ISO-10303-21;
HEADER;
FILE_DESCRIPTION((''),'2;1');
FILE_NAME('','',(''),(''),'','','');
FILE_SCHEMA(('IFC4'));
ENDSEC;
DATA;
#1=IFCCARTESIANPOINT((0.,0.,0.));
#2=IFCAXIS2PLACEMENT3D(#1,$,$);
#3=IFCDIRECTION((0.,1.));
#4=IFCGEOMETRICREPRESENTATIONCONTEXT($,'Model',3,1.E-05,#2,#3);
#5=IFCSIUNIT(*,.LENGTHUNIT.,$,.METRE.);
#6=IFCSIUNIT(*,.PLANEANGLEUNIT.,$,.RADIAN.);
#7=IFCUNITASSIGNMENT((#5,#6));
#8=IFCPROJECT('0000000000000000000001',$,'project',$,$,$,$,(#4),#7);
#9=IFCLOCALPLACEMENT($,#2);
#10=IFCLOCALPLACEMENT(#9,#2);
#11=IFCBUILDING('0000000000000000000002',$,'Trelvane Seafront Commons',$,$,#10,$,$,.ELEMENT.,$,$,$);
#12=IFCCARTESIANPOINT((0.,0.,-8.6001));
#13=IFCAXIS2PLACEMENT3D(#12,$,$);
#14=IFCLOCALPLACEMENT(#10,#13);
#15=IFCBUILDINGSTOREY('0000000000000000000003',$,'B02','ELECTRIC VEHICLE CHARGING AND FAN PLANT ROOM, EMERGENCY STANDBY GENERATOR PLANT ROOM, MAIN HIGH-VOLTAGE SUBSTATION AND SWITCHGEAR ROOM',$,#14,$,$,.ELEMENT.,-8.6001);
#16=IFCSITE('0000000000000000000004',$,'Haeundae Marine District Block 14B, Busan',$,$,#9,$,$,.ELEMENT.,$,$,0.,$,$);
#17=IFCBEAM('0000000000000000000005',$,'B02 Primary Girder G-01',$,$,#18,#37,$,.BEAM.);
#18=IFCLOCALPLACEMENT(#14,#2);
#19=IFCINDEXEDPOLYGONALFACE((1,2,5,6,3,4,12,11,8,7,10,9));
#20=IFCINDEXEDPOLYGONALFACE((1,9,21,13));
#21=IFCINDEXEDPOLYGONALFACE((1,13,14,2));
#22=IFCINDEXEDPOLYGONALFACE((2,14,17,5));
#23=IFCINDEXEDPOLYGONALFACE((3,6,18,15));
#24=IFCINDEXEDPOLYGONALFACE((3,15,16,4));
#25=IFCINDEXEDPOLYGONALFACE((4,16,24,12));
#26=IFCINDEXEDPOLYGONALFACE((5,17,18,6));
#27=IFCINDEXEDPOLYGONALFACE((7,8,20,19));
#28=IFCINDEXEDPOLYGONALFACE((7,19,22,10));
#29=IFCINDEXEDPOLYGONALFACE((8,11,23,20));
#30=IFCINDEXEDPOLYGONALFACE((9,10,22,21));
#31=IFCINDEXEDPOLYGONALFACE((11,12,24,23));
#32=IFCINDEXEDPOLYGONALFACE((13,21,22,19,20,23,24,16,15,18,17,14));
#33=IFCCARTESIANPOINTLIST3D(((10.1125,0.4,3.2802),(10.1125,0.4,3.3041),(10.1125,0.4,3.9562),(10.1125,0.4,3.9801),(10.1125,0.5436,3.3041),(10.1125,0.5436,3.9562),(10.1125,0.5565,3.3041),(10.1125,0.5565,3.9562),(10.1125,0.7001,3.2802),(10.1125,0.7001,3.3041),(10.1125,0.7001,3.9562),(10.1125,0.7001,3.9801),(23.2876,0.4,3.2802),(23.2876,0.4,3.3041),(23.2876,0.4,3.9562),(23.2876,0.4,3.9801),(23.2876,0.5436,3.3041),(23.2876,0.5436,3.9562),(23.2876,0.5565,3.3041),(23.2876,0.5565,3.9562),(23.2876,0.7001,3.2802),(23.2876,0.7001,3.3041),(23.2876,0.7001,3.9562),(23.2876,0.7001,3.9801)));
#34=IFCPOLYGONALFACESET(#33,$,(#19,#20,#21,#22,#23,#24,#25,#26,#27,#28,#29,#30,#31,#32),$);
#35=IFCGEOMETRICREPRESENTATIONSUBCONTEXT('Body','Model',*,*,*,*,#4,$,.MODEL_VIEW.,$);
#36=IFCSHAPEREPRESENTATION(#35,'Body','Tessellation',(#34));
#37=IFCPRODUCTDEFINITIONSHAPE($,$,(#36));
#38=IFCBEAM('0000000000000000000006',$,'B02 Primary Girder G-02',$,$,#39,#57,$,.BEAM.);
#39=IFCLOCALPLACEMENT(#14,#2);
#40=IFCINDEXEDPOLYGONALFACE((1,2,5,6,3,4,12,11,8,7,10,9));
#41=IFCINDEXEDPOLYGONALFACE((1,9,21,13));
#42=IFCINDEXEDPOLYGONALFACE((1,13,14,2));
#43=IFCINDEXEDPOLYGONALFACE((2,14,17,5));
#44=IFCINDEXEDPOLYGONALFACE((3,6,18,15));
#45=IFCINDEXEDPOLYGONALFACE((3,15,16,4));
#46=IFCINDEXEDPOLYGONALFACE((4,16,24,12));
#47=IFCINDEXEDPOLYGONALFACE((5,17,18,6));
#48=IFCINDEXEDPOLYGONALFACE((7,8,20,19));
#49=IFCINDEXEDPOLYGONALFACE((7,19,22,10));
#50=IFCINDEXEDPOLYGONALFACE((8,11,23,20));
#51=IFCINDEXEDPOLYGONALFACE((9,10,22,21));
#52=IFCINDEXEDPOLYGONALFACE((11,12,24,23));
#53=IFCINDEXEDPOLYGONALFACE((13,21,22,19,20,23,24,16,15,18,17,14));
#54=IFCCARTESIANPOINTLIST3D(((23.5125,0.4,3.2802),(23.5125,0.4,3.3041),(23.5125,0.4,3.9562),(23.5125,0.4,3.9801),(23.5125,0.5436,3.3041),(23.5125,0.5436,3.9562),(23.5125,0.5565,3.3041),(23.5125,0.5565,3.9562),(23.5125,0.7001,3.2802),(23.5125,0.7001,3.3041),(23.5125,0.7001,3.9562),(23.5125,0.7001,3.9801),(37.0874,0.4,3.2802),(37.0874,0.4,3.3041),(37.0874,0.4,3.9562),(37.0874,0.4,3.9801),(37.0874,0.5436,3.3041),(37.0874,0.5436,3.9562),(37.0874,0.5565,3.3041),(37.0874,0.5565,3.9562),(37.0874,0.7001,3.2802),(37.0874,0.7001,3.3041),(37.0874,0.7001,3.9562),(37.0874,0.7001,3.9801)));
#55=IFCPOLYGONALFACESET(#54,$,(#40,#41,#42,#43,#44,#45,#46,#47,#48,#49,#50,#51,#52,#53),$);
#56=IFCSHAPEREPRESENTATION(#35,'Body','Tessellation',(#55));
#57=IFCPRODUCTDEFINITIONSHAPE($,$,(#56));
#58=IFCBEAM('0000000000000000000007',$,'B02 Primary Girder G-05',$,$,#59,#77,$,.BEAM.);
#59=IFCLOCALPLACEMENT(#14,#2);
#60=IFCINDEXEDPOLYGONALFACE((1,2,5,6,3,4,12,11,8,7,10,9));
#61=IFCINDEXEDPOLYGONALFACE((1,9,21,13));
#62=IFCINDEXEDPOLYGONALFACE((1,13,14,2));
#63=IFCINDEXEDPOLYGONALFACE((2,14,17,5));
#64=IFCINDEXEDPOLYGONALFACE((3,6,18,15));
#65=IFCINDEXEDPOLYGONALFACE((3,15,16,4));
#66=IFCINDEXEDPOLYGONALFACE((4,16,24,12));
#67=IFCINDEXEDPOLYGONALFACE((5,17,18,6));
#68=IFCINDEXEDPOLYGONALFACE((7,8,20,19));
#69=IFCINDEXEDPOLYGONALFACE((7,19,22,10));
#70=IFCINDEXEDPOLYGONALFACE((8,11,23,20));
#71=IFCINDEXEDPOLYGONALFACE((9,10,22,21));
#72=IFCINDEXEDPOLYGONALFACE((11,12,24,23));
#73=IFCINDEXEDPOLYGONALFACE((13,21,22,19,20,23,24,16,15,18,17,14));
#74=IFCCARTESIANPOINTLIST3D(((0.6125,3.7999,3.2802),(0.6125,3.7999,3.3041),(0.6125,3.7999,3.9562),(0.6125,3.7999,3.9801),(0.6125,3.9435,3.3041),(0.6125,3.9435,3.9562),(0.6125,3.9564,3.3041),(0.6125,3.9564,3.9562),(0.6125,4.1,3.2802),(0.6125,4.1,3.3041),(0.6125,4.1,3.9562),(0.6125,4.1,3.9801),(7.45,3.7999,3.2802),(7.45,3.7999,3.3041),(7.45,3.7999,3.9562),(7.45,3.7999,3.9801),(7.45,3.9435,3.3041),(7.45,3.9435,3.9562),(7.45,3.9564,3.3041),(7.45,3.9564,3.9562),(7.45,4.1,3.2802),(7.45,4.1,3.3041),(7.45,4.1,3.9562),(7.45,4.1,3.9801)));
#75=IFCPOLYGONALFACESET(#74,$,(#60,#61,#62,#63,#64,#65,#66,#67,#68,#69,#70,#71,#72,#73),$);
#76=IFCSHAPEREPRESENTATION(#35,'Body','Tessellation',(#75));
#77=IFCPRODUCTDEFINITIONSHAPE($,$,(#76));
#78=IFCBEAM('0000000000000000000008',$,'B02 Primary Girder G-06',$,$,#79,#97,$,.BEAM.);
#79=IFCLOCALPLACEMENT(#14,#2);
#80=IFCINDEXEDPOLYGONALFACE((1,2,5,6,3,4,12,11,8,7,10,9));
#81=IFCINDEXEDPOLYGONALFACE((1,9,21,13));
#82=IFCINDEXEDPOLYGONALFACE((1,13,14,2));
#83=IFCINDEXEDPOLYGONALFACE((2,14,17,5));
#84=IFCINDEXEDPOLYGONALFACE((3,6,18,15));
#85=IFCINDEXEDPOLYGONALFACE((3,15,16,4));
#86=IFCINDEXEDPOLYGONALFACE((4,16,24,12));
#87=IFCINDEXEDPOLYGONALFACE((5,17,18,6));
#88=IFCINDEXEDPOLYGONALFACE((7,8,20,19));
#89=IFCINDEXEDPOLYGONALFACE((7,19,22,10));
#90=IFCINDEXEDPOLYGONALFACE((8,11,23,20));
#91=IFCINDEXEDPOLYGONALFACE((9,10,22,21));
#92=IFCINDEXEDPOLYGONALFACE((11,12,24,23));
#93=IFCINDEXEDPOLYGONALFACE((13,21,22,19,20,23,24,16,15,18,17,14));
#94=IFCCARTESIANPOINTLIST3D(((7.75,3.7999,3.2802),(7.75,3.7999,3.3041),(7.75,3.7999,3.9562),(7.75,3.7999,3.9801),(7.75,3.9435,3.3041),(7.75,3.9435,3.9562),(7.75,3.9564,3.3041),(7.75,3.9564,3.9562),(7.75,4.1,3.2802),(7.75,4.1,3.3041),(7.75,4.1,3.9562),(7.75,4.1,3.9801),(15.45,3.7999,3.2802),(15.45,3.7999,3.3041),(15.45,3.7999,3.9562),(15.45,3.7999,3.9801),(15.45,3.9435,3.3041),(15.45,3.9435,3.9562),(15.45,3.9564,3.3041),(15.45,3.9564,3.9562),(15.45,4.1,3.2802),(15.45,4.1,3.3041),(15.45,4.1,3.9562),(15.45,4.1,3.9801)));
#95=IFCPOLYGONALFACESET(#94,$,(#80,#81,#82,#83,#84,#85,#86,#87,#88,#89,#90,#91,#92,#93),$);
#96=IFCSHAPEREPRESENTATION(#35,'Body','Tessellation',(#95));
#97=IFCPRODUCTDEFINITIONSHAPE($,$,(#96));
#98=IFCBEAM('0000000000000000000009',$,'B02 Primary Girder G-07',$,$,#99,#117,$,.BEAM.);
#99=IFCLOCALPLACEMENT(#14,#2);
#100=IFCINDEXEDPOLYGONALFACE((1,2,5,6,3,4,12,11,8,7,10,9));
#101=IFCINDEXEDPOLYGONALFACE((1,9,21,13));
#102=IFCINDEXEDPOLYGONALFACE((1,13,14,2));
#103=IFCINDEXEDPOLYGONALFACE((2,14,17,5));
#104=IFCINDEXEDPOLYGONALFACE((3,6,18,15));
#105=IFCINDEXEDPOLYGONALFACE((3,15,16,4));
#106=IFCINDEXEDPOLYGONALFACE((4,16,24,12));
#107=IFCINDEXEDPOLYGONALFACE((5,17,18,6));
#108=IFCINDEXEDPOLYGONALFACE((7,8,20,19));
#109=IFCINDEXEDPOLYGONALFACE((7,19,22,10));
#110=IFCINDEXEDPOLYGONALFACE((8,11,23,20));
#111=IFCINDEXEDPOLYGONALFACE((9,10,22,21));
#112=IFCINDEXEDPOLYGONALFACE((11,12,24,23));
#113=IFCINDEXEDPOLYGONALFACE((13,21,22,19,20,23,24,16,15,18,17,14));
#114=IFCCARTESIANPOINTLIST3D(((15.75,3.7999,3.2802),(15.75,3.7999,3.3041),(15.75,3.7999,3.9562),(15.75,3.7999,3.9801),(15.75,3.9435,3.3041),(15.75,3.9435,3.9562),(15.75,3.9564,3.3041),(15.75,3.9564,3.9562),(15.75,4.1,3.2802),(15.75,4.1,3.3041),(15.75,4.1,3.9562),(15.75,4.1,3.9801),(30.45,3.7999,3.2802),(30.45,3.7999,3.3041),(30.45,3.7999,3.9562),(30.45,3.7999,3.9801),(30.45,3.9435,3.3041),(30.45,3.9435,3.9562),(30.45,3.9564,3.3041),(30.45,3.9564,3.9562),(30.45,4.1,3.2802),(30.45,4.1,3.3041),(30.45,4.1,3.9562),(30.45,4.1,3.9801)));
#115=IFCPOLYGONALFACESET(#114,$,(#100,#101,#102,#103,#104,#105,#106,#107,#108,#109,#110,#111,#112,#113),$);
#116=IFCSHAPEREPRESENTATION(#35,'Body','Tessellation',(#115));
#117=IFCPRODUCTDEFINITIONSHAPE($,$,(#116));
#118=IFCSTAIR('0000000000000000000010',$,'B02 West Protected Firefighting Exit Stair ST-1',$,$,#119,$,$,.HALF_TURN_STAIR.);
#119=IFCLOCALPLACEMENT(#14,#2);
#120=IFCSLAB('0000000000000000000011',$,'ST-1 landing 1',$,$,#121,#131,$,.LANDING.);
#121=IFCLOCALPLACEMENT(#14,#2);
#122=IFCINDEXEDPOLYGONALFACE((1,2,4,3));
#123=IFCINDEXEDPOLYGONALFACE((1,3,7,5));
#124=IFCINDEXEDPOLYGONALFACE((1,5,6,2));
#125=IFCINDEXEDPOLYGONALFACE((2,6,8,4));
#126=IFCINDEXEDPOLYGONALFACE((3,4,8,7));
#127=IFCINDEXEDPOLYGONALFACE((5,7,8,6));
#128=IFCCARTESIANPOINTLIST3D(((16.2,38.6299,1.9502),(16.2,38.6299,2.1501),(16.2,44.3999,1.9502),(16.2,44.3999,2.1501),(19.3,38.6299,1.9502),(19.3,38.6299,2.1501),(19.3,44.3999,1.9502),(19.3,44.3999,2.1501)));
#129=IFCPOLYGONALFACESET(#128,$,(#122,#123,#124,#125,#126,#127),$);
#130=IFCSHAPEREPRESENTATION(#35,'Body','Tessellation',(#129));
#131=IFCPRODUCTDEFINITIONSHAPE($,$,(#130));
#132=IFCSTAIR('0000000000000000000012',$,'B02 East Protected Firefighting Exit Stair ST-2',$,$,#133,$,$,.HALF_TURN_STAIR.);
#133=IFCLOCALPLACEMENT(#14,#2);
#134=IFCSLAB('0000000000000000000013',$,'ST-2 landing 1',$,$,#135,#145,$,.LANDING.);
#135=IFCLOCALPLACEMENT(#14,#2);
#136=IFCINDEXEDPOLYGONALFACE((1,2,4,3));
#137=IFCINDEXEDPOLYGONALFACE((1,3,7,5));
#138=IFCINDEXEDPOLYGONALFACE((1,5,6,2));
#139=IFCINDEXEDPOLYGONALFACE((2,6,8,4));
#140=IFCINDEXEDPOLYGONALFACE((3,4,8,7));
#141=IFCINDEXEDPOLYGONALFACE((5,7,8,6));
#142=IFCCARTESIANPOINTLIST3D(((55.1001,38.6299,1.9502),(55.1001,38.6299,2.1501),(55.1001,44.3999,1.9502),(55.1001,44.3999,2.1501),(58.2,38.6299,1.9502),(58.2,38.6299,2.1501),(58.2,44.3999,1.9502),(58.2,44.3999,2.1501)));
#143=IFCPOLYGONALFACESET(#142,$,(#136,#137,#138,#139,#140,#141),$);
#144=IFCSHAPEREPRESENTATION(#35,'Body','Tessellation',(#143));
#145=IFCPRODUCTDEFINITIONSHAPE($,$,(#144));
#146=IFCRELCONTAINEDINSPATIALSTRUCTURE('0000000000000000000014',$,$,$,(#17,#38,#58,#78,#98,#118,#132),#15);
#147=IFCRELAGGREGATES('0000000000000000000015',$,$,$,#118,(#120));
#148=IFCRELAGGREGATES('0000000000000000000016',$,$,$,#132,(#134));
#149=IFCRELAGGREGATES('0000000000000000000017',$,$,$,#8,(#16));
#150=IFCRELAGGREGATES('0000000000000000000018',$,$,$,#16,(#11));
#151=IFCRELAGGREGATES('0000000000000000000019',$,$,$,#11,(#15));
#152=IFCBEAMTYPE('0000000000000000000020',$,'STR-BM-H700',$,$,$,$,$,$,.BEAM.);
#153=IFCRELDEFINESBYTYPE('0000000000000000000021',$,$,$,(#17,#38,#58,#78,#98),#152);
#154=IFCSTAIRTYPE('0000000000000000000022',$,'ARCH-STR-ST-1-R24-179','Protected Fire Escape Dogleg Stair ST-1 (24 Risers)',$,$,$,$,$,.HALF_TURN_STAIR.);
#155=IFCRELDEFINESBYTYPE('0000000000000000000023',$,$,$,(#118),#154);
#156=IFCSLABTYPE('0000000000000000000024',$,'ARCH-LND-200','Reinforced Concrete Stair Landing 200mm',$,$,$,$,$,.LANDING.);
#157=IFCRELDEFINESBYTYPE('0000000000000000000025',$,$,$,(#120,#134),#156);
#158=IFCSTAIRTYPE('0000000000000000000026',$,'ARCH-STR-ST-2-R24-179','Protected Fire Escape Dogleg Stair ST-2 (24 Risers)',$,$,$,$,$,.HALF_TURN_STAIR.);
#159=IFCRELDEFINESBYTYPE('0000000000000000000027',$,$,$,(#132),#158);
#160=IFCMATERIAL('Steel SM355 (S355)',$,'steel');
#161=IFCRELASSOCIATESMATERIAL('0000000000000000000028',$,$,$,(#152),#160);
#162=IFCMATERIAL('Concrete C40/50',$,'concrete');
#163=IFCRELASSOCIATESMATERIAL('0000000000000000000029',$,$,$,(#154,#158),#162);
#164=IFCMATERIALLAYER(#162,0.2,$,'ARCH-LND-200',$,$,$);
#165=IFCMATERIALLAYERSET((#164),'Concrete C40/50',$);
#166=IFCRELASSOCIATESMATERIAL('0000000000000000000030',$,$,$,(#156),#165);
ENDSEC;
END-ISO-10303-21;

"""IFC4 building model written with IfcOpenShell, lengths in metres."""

from ifc_helpers import new_model, si_unit, direction, frame, origin, origin_2d, place, context, subcontext, project, spatial, polyline, i_section, outline, extrude, source, transform, mapped, material, layer, layer_set, material_profile, profile_set, type_object, element, aggregate, save


model = new_model("IFC4")

# Units and contexts
model_context = context("Model", 3, precision=1e-05, world=origin(), true_north=direction((0.0, 1.0)))
body_context = subcontext(model_context, "Body", "Model", "MODEL_VIEW")
ifc_project = project(units=[si_unit("LENGTHUNIT", "METRE"), si_unit("PLANEANGLEUNIT", "RADIAN")], contexts=[model_context])

# Site, building, storey
site_placement = place(None, origin())
site = spatial("IfcSite", under=ifc_project, at=site_placement, Name="Haeundae Marine District Block 14B, Busan", CompositionType="ELEMENT", RefElevation=0.0)
building_placement = place(site_placement, origin())
building = spatial("IfcBuilding", under=site, at=building_placement, Name="Trelvane Seafront Commons", CompositionType="ELEMENT")
storey_placement = place(building_placement, frame((0.0, 0.0, -8.6001)))
storey = spatial("IfcBuildingStorey", under=building, at=storey_placement, Name="B02", Description="ELECTRIC VEHICLE CHARGING AND FAN PLANT ROOM, EMERGENCY STANDBY GENERATOR PLANT ROOM, MAIN HIGH-VOLTAGE SUBSTATION AND SWITCHGEAR ROOM", CompositionType="ELEMENT", Elevation=-8.6001)

# Beams
ifc_material_1 = material(Name="Steel SM355 (S355)", Category="steel")
ifc_material_profile_1 = material_profile(ifc_material_1, i_section(OverallWidth=0.3, OverallDepth=0.7, WebThickness=0.0129, FlangeThickness=0.0239, at=origin_2d()), Name="H-700x300x13x24")
ifc_profile_set_1 = profile_set([ifc_material_profile_1], Name="Steel SM355 (S355)")
beam_type_1 = type_object("IfcBeamType", Name="STR-BM-H700", PredefinedType="BEAM", material=ifc_profile_set_1)
shared_shape_1 = source(origin(), body_context, "Body", "SweptSolid", [
    extrude(i_section(OverallWidth=0.3, OverallDepth=0.7, WebThickness=0.0129, FlangeThickness=0.0239, at=origin_2d()), origin(), (0.0, 0.0, 1.0), 13.175),
])
beam_1_placement = place(storey_placement, frame((10.1125, 0.55, 3.6301), z_axis=(1.0, 0.0, 0.0), x_axis=(0.0, 1.0, 0.0)))
element("IfcBeam", 1, at=beam_1_placement, inside=storey, type_object=beam_type_1, Name="B02 Primary Girder G-01", PredefinedType="BEAM", context=body_context, shape_type="MappedRepresentation", body=[
    mapped(shared_shape_1, transform((0.0, 0.0, 0.0), x_axis=(1.0, 0.0, 0.0), y_axis=(0.0, 1.0, 0.0), z_axis=(0.0, 0.0, 1.0), scale=1.0)),
])
shared_shape_2 = source(origin(), body_context, "Body", "SweptSolid", [
    extrude(i_section(OverallWidth=0.3, OverallDepth=0.7, WebThickness=0.0129, FlangeThickness=0.0239, at=origin_2d()), origin(), (0.0, 0.0, 1.0), 13.575),
])
beam_2_placement = place(storey_placement, frame((23.5125, 0.55, 3.6301), z_axis=(1.0, 0.0, 0.0), x_axis=(0.0, 1.0, 0.0)))
element("IfcBeam", 2, at=beam_2_placement, inside=storey, type_object=beam_type_1, Name="B02 Primary Girder G-02", PredefinedType="BEAM", context=body_context, shape_type="MappedRepresentation", body=[
    mapped(shared_shape_2, transform((0.0, 0.0, 0.0), x_axis=(1.0, 0.0, 0.0), y_axis=(0.0, 1.0, 0.0), z_axis=(0.0, 0.0, 1.0), scale=1.0)),
])
shared_shape_3 = source(origin(), body_context, "Body", "SweptSolid", [
    extrude(i_section(OverallWidth=0.3, OverallDepth=0.7, WebThickness=0.0129, FlangeThickness=0.0239, at=origin_2d()), origin(), (0.0, 0.0, 1.0), 6.8374),
])
beam_3_placement = place(storey_placement, frame((0.6125, 3.95, 3.6301), z_axis=(1.0, 0.0, 0.0), x_axis=(0.0, 1.0, 0.0)))
element("IfcBeam", 3, at=beam_3_placement, inside=storey, type_object=beam_type_1, Name="B02 Primary Girder G-05", PredefinedType="BEAM", context=body_context, shape_type="MappedRepresentation", body=[
    mapped(shared_shape_3, transform((0.0, 0.0, 0.0), x_axis=(1.0, 0.0, 0.0), y_axis=(0.0, 1.0, 0.0), z_axis=(0.0, 0.0, 1.0), scale=1.0)),
])
shared_shape_4 = source(origin(), body_context, "Body", "SweptSolid", [
    extrude(i_section(OverallWidth=0.3, OverallDepth=0.7, WebThickness=0.0129, FlangeThickness=0.0239, at=origin_2d()), origin(), (0.0, 0.0, 1.0), 7.7),
])
beam_4_placement = place(storey_placement, frame((7.75, 3.95, 3.6301), z_axis=(1.0, 0.0, 0.0), x_axis=(0.0, 1.0, 0.0)))
element("IfcBeam", 4, at=beam_4_placement, inside=storey, type_object=beam_type_1, Name="B02 Primary Girder G-06", PredefinedType="BEAM", context=body_context, shape_type="MappedRepresentation", body=[
    mapped(shared_shape_4, transform((0.0, 0.0, 0.0), x_axis=(1.0, 0.0, 0.0), y_axis=(0.0, 1.0, 0.0), z_axis=(0.0, 0.0, 1.0), scale=1.0)),
])
shared_shape_5 = source(origin(), body_context, "Body", "SweptSolid", [
    extrude(i_section(OverallWidth=0.3, OverallDepth=0.7, WebThickness=0.0129, FlangeThickness=0.0239, at=origin_2d()), origin(), (0.0, 0.0, 1.0), 14.7),
])
beam_5_placement = place(storey_placement, frame((15.75, 3.95, 3.6301), z_axis=(1.0, 0.0, 0.0), x_axis=(0.0, 1.0, 0.0)))
element("IfcBeam", 5, at=beam_5_placement, inside=storey, type_object=beam_type_1, Name="B02 Primary Girder G-07", PredefinedType="BEAM", context=body_context, shape_type="MappedRepresentation", body=[
    mapped(shared_shape_5, transform((0.0, 0.0, 0.0), x_axis=(1.0, 0.0, 0.0), y_axis=(0.0, 1.0, 0.0), z_axis=(0.0, 0.0, 1.0), scale=1.0)),
])

# Stairs, slabs
ifc_material_2 = material(Name="Concrete C40/50", Category="concrete")
stair_type_1 = type_object("IfcStairType", Name="ARCH-STR-ST-1-R24-179", Description="Protected Fire Escape Dogleg Stair ST-1 (24 Risers)", PredefinedType="HALF_TURN_STAIR", material=ifc_material_2)
stair_1_placement = place(storey_placement, origin())
stair_1 = element("IfcStair", 6, at=stair_1_placement, inside=storey, type_object=stair_type_1, Name="B02 West Protected Firefighting Exit Stair ST-1", PredefinedType="HALF_TURN_STAIR")
ifc_layer_1 = layer(ifc_material_2, 0.2, Name="ARCH-LND-200")
ifc_layer_set_1 = layer_set([ifc_layer_1], Name="Concrete C40/50")
slab_type_1 = type_object("IfcSlabType", Name="ARCH-LND-200", Description="Reinforced Concrete Stair Landing 200mm", PredefinedType="LANDING", material=ifc_layer_set_1)
slab_1_placement = place(storey_placement, frame((0.0, 0.0, 1.9502)))
slab_1 = element("IfcSlab", 7, at=slab_1_placement, type_object=slab_type_1, Name="ST-1 landing 1", PredefinedType="LANDING", context=body_context, shape_type="SweptSolid", body=[
    extrude(outline(polyline([(19.3, 38.6299), (19.3, 44.3999), (16.2, 44.3999), (16.2, 38.6299), (19.3, 38.6299)])), origin(), (0.0, 0.0, 1.0), 0.2),
])
aggregate(stair_1, [slab_1])
stair_type_2 = type_object("IfcStairType", Name="ARCH-STR-ST-2-R24-179", Description="Protected Fire Escape Dogleg Stair ST-2 (24 Risers)", PredefinedType="HALF_TURN_STAIR", material=ifc_material_2)
stair_2_placement = place(storey_placement, origin())
stair_2 = element("IfcStair", 8, at=stair_2_placement, inside=storey, type_object=stair_type_2, Name="B02 East Protected Firefighting Exit Stair ST-2", PredefinedType="HALF_TURN_STAIR")
slab_2_placement = place(storey_placement, frame((0.0, 0.0, 1.9502)))
slab_2 = element("IfcSlab", 9, at=slab_2_placement, type_object=slab_type_1, Name="ST-2 landing 1", PredefinedType="LANDING", context=body_context, shape_type="SweptSolid", body=[
    extrude(outline(polyline([(58.2, 38.6299), (58.2, 44.3999), (55.1001, 44.3999), (55.1001, 38.6299), (58.2, 38.6299)])), origin(), (0.0, 0.0, 1.0), 0.2),
])
aggregate(stair_2, [slab_2])

save(model, "model.ifc")
